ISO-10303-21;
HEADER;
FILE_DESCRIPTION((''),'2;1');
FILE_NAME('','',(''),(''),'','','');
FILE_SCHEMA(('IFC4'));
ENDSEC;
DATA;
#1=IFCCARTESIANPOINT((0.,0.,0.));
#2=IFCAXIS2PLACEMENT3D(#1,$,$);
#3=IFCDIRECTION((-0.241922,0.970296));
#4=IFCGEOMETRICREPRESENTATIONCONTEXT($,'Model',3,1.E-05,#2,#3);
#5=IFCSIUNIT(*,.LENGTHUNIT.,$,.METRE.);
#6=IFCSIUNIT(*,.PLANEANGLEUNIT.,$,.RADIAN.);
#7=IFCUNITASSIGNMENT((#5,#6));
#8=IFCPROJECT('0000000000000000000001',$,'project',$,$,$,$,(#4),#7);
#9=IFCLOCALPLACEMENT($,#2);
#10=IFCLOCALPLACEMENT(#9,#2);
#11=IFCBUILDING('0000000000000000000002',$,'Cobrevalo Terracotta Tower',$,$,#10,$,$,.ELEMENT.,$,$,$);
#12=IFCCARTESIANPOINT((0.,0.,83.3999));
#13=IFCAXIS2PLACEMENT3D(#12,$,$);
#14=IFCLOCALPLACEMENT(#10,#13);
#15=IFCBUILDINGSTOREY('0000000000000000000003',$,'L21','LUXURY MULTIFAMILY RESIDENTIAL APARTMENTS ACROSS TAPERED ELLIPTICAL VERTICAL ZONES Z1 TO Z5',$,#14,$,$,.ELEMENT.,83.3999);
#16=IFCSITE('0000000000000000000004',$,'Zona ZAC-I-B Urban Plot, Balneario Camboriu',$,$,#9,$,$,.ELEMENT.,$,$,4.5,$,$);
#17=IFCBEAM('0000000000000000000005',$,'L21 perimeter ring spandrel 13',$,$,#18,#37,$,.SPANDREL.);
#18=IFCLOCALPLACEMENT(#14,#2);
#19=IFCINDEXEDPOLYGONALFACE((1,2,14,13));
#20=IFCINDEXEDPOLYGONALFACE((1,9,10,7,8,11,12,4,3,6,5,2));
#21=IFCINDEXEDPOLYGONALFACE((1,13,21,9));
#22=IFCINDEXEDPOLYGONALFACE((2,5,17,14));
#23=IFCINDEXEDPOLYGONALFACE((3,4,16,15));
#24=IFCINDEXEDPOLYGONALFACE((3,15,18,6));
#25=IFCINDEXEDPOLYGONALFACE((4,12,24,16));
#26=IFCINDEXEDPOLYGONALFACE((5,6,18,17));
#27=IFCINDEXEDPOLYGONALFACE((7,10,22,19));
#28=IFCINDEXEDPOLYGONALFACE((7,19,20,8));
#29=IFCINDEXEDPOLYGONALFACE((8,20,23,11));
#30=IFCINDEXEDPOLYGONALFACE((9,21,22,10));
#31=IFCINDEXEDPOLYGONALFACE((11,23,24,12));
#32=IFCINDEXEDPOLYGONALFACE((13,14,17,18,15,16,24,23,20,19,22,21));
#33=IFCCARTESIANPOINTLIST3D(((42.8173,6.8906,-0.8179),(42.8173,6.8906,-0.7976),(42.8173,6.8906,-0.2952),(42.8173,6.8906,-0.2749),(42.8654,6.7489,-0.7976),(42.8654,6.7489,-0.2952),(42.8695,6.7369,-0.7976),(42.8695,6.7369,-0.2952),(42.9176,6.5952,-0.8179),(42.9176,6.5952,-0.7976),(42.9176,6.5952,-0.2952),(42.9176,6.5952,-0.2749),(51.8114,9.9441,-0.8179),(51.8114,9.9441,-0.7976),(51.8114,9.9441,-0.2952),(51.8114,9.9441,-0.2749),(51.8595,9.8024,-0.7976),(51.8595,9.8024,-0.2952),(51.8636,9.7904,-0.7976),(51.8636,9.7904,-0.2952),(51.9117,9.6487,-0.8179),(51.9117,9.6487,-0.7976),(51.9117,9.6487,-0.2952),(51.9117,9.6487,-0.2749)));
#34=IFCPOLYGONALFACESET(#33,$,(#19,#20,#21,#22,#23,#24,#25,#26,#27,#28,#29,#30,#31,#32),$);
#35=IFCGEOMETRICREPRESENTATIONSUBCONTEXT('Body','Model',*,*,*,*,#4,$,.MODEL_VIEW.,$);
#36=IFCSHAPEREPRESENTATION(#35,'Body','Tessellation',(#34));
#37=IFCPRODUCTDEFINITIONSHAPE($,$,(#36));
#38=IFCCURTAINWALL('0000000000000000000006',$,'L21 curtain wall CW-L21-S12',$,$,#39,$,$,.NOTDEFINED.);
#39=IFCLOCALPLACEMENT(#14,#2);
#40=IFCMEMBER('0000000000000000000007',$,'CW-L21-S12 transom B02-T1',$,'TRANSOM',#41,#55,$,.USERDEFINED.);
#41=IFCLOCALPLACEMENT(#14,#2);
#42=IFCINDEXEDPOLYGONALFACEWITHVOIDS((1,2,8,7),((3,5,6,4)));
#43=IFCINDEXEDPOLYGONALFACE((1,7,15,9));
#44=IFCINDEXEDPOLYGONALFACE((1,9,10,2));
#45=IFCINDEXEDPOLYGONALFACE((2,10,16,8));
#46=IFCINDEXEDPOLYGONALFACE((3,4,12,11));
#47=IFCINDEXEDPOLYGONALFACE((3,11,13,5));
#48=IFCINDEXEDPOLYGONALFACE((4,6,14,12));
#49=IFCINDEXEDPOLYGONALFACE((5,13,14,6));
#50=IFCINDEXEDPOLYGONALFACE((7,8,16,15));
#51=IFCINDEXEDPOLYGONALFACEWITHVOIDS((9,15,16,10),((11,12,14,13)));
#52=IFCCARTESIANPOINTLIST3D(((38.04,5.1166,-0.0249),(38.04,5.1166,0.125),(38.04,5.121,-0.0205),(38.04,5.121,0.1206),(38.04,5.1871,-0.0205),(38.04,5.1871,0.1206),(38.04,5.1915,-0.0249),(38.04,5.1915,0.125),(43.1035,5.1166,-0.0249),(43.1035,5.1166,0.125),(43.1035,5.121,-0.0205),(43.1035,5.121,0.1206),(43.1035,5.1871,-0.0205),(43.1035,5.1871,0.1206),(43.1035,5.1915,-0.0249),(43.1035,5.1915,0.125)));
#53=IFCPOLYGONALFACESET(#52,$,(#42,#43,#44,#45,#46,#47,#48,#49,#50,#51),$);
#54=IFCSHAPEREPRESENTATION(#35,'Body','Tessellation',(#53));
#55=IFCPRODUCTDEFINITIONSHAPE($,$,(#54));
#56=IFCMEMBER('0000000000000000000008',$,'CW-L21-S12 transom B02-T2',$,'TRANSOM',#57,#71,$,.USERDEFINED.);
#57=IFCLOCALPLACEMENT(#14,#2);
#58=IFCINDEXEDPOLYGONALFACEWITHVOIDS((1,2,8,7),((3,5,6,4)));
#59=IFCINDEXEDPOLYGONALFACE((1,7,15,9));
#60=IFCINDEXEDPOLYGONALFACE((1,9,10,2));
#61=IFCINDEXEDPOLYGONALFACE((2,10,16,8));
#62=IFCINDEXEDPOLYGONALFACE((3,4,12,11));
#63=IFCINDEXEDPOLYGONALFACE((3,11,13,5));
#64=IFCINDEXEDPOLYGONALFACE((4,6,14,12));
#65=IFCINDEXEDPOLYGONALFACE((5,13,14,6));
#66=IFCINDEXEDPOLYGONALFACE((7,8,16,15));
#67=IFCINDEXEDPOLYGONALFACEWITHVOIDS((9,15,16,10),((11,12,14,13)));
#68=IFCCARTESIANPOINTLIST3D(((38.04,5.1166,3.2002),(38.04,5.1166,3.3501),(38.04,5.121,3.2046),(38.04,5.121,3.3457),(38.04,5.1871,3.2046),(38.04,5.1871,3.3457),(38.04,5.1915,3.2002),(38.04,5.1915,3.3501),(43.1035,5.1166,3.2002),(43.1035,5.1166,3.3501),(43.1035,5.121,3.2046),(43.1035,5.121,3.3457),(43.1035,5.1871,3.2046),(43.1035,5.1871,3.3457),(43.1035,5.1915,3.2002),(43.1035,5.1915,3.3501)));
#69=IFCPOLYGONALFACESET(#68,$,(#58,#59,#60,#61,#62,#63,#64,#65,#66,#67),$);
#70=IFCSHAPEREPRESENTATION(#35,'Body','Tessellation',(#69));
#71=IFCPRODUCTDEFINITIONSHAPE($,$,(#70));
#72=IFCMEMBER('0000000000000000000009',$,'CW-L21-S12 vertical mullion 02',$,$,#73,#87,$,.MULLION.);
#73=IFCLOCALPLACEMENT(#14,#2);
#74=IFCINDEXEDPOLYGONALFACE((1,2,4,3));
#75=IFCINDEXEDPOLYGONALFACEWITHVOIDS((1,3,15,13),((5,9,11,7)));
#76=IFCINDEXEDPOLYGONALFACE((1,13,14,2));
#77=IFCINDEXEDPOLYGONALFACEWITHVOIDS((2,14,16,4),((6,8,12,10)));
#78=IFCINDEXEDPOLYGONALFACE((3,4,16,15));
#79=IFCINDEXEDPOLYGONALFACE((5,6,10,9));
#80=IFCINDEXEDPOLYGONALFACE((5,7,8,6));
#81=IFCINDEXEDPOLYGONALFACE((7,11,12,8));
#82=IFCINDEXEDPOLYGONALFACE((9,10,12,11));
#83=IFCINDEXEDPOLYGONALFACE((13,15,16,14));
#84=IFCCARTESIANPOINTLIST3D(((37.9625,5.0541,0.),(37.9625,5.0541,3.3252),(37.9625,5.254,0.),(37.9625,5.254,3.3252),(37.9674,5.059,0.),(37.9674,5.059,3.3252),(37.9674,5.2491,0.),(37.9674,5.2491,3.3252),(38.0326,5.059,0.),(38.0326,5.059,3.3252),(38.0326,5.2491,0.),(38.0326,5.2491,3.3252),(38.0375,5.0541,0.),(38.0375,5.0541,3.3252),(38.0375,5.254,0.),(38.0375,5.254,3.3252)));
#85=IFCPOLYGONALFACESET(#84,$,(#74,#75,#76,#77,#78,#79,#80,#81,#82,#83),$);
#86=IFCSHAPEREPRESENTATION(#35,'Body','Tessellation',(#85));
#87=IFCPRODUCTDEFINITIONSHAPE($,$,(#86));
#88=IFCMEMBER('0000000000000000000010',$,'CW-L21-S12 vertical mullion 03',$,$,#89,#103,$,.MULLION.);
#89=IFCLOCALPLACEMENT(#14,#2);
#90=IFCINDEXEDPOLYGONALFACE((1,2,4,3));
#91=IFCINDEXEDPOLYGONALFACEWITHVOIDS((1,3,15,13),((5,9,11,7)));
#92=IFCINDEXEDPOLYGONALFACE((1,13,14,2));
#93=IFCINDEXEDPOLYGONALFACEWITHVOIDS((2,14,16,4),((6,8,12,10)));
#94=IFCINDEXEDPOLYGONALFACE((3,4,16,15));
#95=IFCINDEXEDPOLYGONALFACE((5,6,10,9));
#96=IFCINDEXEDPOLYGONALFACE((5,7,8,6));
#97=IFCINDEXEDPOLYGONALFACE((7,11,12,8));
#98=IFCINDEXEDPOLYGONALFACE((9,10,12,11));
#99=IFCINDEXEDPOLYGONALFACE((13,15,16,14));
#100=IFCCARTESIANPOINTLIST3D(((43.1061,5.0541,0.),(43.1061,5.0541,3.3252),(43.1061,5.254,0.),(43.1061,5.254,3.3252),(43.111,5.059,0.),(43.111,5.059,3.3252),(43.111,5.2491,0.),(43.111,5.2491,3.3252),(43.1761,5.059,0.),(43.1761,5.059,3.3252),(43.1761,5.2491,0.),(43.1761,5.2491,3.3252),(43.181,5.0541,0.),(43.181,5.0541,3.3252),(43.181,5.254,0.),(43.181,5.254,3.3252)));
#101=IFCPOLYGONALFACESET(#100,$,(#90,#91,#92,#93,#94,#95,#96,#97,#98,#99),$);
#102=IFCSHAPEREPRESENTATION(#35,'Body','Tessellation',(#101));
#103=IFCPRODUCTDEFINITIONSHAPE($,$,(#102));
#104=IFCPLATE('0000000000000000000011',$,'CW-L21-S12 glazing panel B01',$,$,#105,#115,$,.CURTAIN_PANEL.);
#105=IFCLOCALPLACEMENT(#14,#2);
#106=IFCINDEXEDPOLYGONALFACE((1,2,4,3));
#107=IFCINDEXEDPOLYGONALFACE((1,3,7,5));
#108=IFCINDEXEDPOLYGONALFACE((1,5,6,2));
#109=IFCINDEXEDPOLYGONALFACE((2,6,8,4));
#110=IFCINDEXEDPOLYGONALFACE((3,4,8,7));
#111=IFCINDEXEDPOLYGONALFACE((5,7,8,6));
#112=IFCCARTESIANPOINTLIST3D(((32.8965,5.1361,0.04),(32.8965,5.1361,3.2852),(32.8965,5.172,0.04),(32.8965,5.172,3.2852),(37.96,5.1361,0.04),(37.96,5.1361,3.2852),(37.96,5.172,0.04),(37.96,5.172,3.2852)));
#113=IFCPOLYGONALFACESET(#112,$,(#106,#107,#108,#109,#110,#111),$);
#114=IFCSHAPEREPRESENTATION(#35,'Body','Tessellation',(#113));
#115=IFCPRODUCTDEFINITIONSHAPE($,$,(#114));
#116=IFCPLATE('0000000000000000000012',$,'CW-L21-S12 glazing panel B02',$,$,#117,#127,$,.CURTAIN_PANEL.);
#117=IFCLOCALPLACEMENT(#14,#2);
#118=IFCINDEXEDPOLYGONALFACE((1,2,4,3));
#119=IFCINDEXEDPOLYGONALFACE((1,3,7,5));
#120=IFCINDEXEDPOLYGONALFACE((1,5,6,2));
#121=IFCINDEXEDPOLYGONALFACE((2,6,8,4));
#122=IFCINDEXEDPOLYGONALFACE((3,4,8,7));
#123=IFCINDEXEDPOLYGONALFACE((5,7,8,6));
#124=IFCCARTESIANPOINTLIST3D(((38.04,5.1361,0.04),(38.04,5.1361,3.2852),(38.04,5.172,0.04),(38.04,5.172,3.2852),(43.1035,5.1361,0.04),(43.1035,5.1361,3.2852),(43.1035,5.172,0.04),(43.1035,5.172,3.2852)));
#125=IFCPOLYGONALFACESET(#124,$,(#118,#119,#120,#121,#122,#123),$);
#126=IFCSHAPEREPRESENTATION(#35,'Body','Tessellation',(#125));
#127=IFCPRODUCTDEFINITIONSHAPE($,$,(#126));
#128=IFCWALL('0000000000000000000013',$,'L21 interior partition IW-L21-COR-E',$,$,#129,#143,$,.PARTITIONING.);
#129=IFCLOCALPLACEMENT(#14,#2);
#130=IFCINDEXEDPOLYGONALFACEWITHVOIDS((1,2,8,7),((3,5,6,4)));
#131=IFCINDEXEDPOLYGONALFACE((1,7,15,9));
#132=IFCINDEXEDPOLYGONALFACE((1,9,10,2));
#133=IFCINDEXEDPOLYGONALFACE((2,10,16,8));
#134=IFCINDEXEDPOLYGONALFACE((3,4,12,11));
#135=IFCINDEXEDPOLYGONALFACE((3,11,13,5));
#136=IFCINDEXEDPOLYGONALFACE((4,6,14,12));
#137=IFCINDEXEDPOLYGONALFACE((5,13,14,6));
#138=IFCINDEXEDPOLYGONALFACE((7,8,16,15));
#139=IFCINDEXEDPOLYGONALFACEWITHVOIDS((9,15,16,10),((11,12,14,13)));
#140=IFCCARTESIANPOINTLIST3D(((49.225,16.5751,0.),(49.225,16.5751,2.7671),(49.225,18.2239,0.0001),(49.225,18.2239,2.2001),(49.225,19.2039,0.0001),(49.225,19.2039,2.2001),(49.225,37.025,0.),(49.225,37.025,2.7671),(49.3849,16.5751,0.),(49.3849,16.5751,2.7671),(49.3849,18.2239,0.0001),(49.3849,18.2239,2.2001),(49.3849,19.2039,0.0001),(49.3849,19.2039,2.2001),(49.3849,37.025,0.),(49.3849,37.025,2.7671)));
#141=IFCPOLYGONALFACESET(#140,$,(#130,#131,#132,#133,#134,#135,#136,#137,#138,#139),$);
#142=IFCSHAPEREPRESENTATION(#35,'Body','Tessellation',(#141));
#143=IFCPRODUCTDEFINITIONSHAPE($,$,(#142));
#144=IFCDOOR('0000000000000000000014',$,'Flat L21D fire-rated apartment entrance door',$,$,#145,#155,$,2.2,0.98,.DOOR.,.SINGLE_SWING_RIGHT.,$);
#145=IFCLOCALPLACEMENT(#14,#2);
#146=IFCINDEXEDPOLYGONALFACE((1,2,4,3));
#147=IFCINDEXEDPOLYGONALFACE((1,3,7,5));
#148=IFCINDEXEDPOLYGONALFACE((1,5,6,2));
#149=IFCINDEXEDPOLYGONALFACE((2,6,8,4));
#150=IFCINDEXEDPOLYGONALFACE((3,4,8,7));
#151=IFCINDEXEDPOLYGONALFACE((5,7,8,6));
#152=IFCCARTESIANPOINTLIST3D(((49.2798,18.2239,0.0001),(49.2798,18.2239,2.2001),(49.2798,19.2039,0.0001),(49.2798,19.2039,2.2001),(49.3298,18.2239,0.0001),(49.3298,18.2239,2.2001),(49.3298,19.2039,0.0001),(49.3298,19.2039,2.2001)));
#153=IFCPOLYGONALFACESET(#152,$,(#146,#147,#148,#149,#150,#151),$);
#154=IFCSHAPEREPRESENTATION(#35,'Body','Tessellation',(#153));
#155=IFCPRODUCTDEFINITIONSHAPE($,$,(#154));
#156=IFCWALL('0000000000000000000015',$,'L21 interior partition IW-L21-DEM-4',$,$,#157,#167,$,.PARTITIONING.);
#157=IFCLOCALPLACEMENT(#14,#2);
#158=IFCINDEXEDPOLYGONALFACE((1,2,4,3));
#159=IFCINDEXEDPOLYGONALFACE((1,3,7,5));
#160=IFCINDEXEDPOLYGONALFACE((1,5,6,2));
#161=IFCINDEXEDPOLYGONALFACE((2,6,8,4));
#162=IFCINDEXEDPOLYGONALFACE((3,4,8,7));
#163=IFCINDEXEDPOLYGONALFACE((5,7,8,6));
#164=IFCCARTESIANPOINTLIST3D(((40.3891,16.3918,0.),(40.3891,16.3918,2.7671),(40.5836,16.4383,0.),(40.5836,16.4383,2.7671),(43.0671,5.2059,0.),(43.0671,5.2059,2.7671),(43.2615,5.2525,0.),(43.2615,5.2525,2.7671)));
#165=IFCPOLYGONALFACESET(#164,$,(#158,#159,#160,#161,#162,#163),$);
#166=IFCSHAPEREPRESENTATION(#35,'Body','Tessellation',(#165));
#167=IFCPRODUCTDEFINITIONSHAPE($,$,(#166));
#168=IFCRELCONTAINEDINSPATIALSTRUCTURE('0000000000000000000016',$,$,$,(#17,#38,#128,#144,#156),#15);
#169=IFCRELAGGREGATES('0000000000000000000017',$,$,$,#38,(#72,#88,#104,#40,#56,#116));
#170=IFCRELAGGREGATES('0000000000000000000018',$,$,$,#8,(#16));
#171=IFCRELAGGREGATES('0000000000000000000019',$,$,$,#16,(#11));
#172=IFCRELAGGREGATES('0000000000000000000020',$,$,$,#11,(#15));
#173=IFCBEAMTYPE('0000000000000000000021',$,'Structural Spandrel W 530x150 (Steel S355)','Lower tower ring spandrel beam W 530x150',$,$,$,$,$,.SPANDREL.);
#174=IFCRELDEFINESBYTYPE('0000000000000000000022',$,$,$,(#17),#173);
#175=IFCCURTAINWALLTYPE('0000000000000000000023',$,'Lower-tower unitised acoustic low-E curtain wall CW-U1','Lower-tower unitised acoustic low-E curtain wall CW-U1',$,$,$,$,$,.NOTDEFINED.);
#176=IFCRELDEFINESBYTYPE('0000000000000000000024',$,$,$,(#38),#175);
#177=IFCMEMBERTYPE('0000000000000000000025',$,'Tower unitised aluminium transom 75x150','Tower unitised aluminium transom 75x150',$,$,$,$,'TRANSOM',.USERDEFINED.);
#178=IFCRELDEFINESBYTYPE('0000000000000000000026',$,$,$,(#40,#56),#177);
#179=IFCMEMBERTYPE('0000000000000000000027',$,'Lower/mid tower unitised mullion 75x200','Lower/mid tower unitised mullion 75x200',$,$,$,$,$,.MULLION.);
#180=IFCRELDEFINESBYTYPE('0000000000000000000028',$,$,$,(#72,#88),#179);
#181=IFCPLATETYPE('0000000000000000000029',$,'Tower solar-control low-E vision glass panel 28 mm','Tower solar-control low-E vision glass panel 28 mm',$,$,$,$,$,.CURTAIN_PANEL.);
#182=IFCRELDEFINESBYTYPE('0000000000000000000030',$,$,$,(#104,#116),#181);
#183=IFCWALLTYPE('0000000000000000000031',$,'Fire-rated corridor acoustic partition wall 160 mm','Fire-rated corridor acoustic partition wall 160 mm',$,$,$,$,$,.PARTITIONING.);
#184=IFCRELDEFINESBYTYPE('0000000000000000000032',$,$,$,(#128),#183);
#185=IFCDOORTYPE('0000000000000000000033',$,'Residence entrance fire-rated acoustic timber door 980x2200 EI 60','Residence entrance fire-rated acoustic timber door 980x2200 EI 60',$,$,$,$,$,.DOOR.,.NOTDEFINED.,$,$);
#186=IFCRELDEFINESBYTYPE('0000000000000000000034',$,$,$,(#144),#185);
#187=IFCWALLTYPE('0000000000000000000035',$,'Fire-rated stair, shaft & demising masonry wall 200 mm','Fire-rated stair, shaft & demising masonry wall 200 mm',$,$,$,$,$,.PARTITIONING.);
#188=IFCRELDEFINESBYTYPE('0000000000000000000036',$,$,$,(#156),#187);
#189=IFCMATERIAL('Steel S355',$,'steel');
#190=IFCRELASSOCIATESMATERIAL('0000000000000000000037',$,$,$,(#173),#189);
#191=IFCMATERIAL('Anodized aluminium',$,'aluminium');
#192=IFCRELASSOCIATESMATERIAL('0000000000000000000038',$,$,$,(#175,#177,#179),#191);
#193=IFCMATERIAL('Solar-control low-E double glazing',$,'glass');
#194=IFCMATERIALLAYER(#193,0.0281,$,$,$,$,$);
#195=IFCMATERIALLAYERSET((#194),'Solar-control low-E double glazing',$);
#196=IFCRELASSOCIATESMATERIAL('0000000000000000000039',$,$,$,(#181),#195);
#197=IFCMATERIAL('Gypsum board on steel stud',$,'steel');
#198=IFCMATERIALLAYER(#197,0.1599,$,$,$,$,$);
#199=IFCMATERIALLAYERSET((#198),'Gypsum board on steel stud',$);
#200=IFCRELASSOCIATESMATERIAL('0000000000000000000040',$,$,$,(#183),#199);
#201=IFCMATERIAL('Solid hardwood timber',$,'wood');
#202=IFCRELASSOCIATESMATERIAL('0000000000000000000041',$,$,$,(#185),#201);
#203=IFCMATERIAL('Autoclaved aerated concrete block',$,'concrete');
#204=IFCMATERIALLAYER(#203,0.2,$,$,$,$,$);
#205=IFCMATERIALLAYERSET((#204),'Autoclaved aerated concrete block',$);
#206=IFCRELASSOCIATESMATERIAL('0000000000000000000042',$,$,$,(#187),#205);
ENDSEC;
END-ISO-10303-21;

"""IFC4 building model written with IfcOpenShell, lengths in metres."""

from ifc_helpers import new_model, si_unit, direction, frame, frame_2d, origin, origin_2d, place, context, subcontext, project, spatial, rectangle, hollow_rectangle, i_section, extrude, source, transform, mapped, material, layer, layer_set, material_profile, profile_set, type_object, element, fill, aggregate, save


model = new_model("IFC4")

# Units and contexts
model_context = context("Model", 3, precision=1e-05, world=origin(), true_north=direction((-0.241922, 0.970296)))
body_context = subcontext(model_context, "Body", "Model", "MODEL_VIEW")
ifc_project = project(units=[si_unit("LENGTHUNIT", "METRE"), si_unit("PLANEANGLEUNIT", "RADIAN")], contexts=[model_context])

# Site, building, storey
site_placement = place(None, origin())
site = spatial("IfcSite", under=ifc_project, at=site_placement, Name="Zona ZAC-I-B Urban Plot, Balneario Camboriu", CompositionType="ELEMENT", RefElevation=4.5)
building_placement = place(site_placement, origin())
building = spatial("IfcBuilding", under=site, at=building_placement, Name="Cobrevalo Terracotta Tower", CompositionType="ELEMENT")
storey_placement = place(building_placement, frame((0.0, 0.0, 83.3999)))
storey = spatial("IfcBuildingStorey", under=building, at=storey_placement, Name="L21", Description="LUXURY MULTIFAMILY RESIDENTIAL APARTMENTS ACROSS TAPERED ELLIPTICAL VERTICAL ZONES Z1 TO Z5", CompositionType="ELEMENT", Elevation=83.3999)

# Shared definitions
ifc_material_1 = material(Name="Steel S355", Category="steel")

# Beam
ifc_material_profile_1 = material_profile(ifc_material_1, i_section(OverallWidth=0.312, OverallDepth=0.543, WebThickness=0.0127, FlangeThickness=0.0203, at=origin_2d()), Name="W 530x150")
ifc_profile_set_1 = profile_set([ifc_material_profile_1], Name="Steel S355")
beam_type_1 = type_object("IfcBeamType", Name="Structural Spandrel W 530x150 (Steel S355)", Description="Lower tower ring spandrel beam W 530x150", PredefinedType="SPANDREL", material=ifc_profile_set_1)
beam_1_placement = place(storey_placement, frame((42.8674, 6.7429, -0.5464), z_axis=(0.946918, 0.321474, 0.0), x_axis=(-0.321474, 0.946918, 0.0)))
element("IfcBeam", 1, at=beam_1_placement, inside=storey, type_object=beam_type_1, Name="L21 perimeter ring spandrel 13", PredefinedType="SPANDREL", context=body_context, shape_type="SweptSolid", body=[
    extrude(i_section(OverallWidth=0.312, OverallDepth=0.543, WebThickness=0.0127, FlangeThickness=0.0203, at=origin_2d()), origin(), (0.0, 0.0, 1.0), 9.4983),
])

# Curtain wall, members, plates
ifc_material_2 = material(Name="Anodized aluminium", Category="aluminium")
curtain_wall_type = type_object("IfcCurtainWallType", Name="Lower-tower unitised acoustic low-E curtain wall CW-U1", Description="Lower-tower unitised acoustic low-E curtain wall CW-U1", PredefinedType="NOTDEFINED", material=ifc_material_2)
curtain_wall_placement = place(storey_placement, origin())
curtain_wall = element("IfcCurtainWall", 2, at=curtain_wall_placement, inside=storey, type_object=curtain_wall_type, Name="L21 curtain wall CW-L21-S12", PredefinedType="NOTDEFINED")
ifc_material_profile_2 = material_profile(ifc_material_2, hollow_rectangle(XDim=0.075, YDim=0.1499, WallThickness=0.0044, at=origin_2d()), Name="CWT 75x150")
ifc_profile_set_2 = profile_set([ifc_material_profile_2], Name="Anodized aluminium")
member_type_1 = type_object("IfcMemberType", Name="Tower unitised aluminium transom 75x150", Description="Tower unitised aluminium transom 75x150", ElementType="TRANSOM", PredefinedType="USERDEFINED", material=ifc_profile_set_2)
shared_shape_1 = source(origin(), body_context, "Body", "SweptSolid", [
    extrude(hollow_rectangle(XDim=0.075, YDim=0.1499, WallThickness=0.0044, at=origin_2d()), origin(), (0.0, 0.0, 1.0), 5.0635),
])
member_1_placement = place(storey_placement, frame((38.04, 5.1541, 0.05), z_axis=(1.0, 0.0, 0.0), x_axis=(0.0, 1.0, 0.0)))
member_1 = element("IfcMember", 3, at=member_1_placement, type_object=member_type_1, Name="CW-L21-S12 transom B02-T1", ObjectType="TRANSOM", PredefinedType="USERDEFINED", context=body_context, shape_type="MappedRepresentation", body=[
    mapped(shared_shape_1, transform((0.0, 0.0, 0.0), scale=1.0)),
])
member_2_placement = place(storey_placement, frame((38.04, 5.1541, 3.2751), z_axis=(1.0, 0.0, 0.0), x_axis=(0.0, 1.0, 0.0)))
member_2 = element("IfcMember", 4, at=member_2_placement, type_object=member_type_1, Name="CW-L21-S12 transom B02-T2", ObjectType="TRANSOM", PredefinedType="USERDEFINED", context=body_context, shape_type="MappedRepresentation", body=[
    mapped(shared_shape_1, transform((0.0, 0.0, 0.0), scale=1.0)),
])
ifc_material_profile_3 = material_profile(ifc_material_2, hollow_rectangle(XDim=0.075, YDim=0.2, WallThickness=0.0049, at=origin_2d()), Name="CWM 75x200")
ifc_profile_set_3 = profile_set([ifc_material_profile_3], Name="Anodized aluminium")
member_type_2 = type_object("IfcMemberType", Name="Lower/mid tower unitised mullion 75x200", Description="Lower/mid tower unitised mullion 75x200", PredefinedType="MULLION", material=ifc_profile_set_3)
shared_shape_2 = source(origin(), body_context, "Body", "SweptSolid", [
    extrude(hollow_rectangle(XDim=0.075, YDim=0.2, WallThickness=0.0049, at=origin_2d()), origin(), (0.0, 0.0, 1.0), 3.3252),
])
member_3_placement = place(storey_placement, frame((38.0, 5.1541, 0.0), z_axis=(0.0, 0.0, 1.0), x_axis=(1.0, 0.0, 0.0)))
member_3 = element("IfcMember", 5, at=member_3_placement, type_object=member_type_2, Name="CW-L21-S12 vertical mullion 02", PredefinedType="MULLION", context=body_context, shape_type="MappedRepresentation", body=[
    mapped(shared_shape_2, transform((0.0, 0.0, 0.0), scale=1.0)),
])
member_4_placement = place(storey_placement, frame((43.1436, 5.1541, 0.0), z_axis=(0.0, 0.0, 1.0), x_axis=(1.0, 0.0, 0.0)))
member_4 = element("IfcMember", 6, at=member_4_placement, type_object=member_type_2, Name="CW-L21-S12 vertical mullion 03", PredefinedType="MULLION", context=body_context, shape_type="MappedRepresentation", body=[
    mapped(shared_shape_2, transform((0.0, 0.0, 0.0), scale=1.0)),
])
ifc_material_3 = material(Name="Solar-control low-E double glazing", Category="glass")
ifc_layer_1 = layer(ifc_material_3, 0.0281)
ifc_layer_set_1 = layer_set([ifc_layer_1], Name="Solar-control low-E double glazing")
plate_type = type_object("IfcPlateType", Name="Tower solar-control low-E vision glass panel 28 mm", Description="Tower solar-control low-E vision glass panel 28 mm", PredefinedType="CURTAIN_PANEL", material=ifc_layer_set_1)
shared_shape_3 = source(origin(), body_context, "Body", "SweptSolid", [
    extrude(rectangle(XDim=5.0635, YDim=0.0359, at=origin_2d()), origin(), (0.0, 0.0, 1.0), 3.2451),
])
plate_1_placement = place(storey_placement, frame((35.4282, 5.1541, 0.04), z_axis=(0.0, 0.0, 1.0), x_axis=(1.0, 0.0, 0.0)))
plate_1 = element("IfcPlate", 7, at=plate_1_placement, type_object=plate_type, Name="CW-L21-S12 glazing panel B01", PredefinedType="CURTAIN_PANEL", context=body_context, shape_type="MappedRepresentation", body=[
    mapped(shared_shape_3, transform((0.0, 0.0, 0.0), scale=1.0)),
])
plate_2_placement = place(storey_placement, frame((40.5718, 5.1541, 0.04), z_axis=(0.0, 0.0, 1.0), x_axis=(1.0, 0.0, 0.0)))
plate_2 = element("IfcPlate", 8, at=plate_2_placement, type_object=plate_type, Name="CW-L21-S12 glazing panel B02", PredefinedType="CURTAIN_PANEL", context=body_context, shape_type="MappedRepresentation", body=[
    mapped(shared_shape_3, transform((0.0, 0.0, 0.0), scale=1.0)),
])
aggregate(curtain_wall, [member_3, member_4, plate_1, member_1, member_2, plate_2])

# Wall, opening, door
ifc_material_4 = material(Name="Gypsum board on steel stud", Category="steel")
ifc_layer_2 = layer(ifc_material_4, 0.1599)
ifc_layer_set_2 = layer_set([ifc_layer_2], Name="Gypsum board on steel stud")
wall_type_1 = type_object("IfcWallType", Name="Fire-rated corridor acoustic partition wall 160 mm", Description="Fire-rated corridor acoustic partition wall 160 mm", PredefinedType="PARTITIONING", material=ifc_layer_set_2)
wall_1_placement = place(storey_placement, frame((49.3049, 16.575, 0.0), z_axis=(0.0, 0.0, 1.0), x_axis=(0.0, 1.0, 0.0)))
wall_1 = element("IfcWall", 9, at=wall_1_placement, inside=storey, type_object=wall_type_1, Name="L21 interior partition IW-L21-COR-E", PredefinedType="PARTITIONING", context=body_context, shape_type="SweptSolid", body=[
    extrude(rectangle(XDim=20.45, YDim=0.1599, at=frame_2d((10.2251, 0.0))), origin(), (0.0, 0.0, 1.0), 2.7671),
])
opening_1_placement = place(wall_1_placement, frame((1.6489, 0.0, 0.0)))
opening_1 = element("IfcOpeningElement", 10, at=opening_1_placement, cuts=wall_1, PredefinedType="OPENING", context=body_context, shape_type="SweptSolid", body=[
    extrude(rectangle(XDim=0.98, YDim=2.2, at=frame_2d((0.49, 1.1001))), frame((0.0, 0.0898, 0.0), z_axis=(0.0, -1.0, 0.0), x_axis=(1.0, 0.0, 0.0)), (0.0, 0.0, 1.0), 0.1799),
])
ifc_material_5 = material(Name="Solid hardwood timber", Category="wood")
door_type_1 = type_object("IfcDoorType", Name="Residence entrance fire-rated acoustic timber door 980x2200 EI 60", Description="Residence entrance fire-rated acoustic timber door 980x2200 EI 60", OperationType="NOTDEFINED", PredefinedType="DOOR", material=ifc_material_5)
shared_shape_4 = source(origin(), body_context, "Body", "SweptSolid", [
    extrude(rectangle(XDim=0.98, YDim=2.2, at=frame_2d((0.49, 1.1001))), frame((0.0, 0.0249, 0.0), z_axis=(0.0, -1.0, 0.0), x_axis=(1.0, 0.0, 0.0)), (0.0, 0.0, 1.0), 0.05),
])
door_1_placement = place(opening_1_placement, frame((0.98, 0.0, 0.0), z_axis=(0.0, 0.0, 1.0), x_axis=(-1.0, 0.0, 0.0)))
door_1 = element("IfcDoor", 11, at=door_1_placement, inside=storey, type_object=door_type_1, Name="Flat L21D fire-rated apartment entrance door", OperationType="SINGLE_SWING_RIGHT", OverallHeight=2.2, OverallWidth=0.98, PredefinedType="DOOR", context=body_context, shape_type="MappedRepresentation", body=[
    mapped(shared_shape_4, transform((0.0, 0.0, 0.0), scale=1.0)),
])
fill(opening_1, door_1)

# Wall
ifc_material_6 = material(Name="Autoclaved aerated concrete block", Category="concrete")
ifc_layer_3 = layer(ifc_material_6, 0.2)
ifc_layer_set_3 = layer_set([ifc_layer_3], Name="Autoclaved aerated concrete block")
wall_type_2 = type_object("IfcWallType", Name="Fire-rated stair, shaft & demising masonry wall 200 mm", Description="Fire-rated stair, shaft & demising masonry wall 200 mm", PredefinedType="PARTITIONING", material=ifc_layer_set_3)
wall_2_placement = place(storey_placement, frame((40.4863, 16.415, 0.0), z_axis=(0.0, 0.0, 1.0), x_axis=(0.232829, -0.972518, 0.0)))
element("IfcWall", 12, at=wall_2_placement, inside=storey, type_object=wall_type_2, Name="L21 interior partition IW-L21-DEM-4", PredefinedType="PARTITIONING", context=body_context, shape_type="SweptSolid", body=[
    extrude(rectangle(XDim=11.502, YDim=0.2, at=frame_2d((5.751, 0.0))), origin(), (0.0, 0.0, 1.0), 2.7671),
])

save(model, "model.ifc")
